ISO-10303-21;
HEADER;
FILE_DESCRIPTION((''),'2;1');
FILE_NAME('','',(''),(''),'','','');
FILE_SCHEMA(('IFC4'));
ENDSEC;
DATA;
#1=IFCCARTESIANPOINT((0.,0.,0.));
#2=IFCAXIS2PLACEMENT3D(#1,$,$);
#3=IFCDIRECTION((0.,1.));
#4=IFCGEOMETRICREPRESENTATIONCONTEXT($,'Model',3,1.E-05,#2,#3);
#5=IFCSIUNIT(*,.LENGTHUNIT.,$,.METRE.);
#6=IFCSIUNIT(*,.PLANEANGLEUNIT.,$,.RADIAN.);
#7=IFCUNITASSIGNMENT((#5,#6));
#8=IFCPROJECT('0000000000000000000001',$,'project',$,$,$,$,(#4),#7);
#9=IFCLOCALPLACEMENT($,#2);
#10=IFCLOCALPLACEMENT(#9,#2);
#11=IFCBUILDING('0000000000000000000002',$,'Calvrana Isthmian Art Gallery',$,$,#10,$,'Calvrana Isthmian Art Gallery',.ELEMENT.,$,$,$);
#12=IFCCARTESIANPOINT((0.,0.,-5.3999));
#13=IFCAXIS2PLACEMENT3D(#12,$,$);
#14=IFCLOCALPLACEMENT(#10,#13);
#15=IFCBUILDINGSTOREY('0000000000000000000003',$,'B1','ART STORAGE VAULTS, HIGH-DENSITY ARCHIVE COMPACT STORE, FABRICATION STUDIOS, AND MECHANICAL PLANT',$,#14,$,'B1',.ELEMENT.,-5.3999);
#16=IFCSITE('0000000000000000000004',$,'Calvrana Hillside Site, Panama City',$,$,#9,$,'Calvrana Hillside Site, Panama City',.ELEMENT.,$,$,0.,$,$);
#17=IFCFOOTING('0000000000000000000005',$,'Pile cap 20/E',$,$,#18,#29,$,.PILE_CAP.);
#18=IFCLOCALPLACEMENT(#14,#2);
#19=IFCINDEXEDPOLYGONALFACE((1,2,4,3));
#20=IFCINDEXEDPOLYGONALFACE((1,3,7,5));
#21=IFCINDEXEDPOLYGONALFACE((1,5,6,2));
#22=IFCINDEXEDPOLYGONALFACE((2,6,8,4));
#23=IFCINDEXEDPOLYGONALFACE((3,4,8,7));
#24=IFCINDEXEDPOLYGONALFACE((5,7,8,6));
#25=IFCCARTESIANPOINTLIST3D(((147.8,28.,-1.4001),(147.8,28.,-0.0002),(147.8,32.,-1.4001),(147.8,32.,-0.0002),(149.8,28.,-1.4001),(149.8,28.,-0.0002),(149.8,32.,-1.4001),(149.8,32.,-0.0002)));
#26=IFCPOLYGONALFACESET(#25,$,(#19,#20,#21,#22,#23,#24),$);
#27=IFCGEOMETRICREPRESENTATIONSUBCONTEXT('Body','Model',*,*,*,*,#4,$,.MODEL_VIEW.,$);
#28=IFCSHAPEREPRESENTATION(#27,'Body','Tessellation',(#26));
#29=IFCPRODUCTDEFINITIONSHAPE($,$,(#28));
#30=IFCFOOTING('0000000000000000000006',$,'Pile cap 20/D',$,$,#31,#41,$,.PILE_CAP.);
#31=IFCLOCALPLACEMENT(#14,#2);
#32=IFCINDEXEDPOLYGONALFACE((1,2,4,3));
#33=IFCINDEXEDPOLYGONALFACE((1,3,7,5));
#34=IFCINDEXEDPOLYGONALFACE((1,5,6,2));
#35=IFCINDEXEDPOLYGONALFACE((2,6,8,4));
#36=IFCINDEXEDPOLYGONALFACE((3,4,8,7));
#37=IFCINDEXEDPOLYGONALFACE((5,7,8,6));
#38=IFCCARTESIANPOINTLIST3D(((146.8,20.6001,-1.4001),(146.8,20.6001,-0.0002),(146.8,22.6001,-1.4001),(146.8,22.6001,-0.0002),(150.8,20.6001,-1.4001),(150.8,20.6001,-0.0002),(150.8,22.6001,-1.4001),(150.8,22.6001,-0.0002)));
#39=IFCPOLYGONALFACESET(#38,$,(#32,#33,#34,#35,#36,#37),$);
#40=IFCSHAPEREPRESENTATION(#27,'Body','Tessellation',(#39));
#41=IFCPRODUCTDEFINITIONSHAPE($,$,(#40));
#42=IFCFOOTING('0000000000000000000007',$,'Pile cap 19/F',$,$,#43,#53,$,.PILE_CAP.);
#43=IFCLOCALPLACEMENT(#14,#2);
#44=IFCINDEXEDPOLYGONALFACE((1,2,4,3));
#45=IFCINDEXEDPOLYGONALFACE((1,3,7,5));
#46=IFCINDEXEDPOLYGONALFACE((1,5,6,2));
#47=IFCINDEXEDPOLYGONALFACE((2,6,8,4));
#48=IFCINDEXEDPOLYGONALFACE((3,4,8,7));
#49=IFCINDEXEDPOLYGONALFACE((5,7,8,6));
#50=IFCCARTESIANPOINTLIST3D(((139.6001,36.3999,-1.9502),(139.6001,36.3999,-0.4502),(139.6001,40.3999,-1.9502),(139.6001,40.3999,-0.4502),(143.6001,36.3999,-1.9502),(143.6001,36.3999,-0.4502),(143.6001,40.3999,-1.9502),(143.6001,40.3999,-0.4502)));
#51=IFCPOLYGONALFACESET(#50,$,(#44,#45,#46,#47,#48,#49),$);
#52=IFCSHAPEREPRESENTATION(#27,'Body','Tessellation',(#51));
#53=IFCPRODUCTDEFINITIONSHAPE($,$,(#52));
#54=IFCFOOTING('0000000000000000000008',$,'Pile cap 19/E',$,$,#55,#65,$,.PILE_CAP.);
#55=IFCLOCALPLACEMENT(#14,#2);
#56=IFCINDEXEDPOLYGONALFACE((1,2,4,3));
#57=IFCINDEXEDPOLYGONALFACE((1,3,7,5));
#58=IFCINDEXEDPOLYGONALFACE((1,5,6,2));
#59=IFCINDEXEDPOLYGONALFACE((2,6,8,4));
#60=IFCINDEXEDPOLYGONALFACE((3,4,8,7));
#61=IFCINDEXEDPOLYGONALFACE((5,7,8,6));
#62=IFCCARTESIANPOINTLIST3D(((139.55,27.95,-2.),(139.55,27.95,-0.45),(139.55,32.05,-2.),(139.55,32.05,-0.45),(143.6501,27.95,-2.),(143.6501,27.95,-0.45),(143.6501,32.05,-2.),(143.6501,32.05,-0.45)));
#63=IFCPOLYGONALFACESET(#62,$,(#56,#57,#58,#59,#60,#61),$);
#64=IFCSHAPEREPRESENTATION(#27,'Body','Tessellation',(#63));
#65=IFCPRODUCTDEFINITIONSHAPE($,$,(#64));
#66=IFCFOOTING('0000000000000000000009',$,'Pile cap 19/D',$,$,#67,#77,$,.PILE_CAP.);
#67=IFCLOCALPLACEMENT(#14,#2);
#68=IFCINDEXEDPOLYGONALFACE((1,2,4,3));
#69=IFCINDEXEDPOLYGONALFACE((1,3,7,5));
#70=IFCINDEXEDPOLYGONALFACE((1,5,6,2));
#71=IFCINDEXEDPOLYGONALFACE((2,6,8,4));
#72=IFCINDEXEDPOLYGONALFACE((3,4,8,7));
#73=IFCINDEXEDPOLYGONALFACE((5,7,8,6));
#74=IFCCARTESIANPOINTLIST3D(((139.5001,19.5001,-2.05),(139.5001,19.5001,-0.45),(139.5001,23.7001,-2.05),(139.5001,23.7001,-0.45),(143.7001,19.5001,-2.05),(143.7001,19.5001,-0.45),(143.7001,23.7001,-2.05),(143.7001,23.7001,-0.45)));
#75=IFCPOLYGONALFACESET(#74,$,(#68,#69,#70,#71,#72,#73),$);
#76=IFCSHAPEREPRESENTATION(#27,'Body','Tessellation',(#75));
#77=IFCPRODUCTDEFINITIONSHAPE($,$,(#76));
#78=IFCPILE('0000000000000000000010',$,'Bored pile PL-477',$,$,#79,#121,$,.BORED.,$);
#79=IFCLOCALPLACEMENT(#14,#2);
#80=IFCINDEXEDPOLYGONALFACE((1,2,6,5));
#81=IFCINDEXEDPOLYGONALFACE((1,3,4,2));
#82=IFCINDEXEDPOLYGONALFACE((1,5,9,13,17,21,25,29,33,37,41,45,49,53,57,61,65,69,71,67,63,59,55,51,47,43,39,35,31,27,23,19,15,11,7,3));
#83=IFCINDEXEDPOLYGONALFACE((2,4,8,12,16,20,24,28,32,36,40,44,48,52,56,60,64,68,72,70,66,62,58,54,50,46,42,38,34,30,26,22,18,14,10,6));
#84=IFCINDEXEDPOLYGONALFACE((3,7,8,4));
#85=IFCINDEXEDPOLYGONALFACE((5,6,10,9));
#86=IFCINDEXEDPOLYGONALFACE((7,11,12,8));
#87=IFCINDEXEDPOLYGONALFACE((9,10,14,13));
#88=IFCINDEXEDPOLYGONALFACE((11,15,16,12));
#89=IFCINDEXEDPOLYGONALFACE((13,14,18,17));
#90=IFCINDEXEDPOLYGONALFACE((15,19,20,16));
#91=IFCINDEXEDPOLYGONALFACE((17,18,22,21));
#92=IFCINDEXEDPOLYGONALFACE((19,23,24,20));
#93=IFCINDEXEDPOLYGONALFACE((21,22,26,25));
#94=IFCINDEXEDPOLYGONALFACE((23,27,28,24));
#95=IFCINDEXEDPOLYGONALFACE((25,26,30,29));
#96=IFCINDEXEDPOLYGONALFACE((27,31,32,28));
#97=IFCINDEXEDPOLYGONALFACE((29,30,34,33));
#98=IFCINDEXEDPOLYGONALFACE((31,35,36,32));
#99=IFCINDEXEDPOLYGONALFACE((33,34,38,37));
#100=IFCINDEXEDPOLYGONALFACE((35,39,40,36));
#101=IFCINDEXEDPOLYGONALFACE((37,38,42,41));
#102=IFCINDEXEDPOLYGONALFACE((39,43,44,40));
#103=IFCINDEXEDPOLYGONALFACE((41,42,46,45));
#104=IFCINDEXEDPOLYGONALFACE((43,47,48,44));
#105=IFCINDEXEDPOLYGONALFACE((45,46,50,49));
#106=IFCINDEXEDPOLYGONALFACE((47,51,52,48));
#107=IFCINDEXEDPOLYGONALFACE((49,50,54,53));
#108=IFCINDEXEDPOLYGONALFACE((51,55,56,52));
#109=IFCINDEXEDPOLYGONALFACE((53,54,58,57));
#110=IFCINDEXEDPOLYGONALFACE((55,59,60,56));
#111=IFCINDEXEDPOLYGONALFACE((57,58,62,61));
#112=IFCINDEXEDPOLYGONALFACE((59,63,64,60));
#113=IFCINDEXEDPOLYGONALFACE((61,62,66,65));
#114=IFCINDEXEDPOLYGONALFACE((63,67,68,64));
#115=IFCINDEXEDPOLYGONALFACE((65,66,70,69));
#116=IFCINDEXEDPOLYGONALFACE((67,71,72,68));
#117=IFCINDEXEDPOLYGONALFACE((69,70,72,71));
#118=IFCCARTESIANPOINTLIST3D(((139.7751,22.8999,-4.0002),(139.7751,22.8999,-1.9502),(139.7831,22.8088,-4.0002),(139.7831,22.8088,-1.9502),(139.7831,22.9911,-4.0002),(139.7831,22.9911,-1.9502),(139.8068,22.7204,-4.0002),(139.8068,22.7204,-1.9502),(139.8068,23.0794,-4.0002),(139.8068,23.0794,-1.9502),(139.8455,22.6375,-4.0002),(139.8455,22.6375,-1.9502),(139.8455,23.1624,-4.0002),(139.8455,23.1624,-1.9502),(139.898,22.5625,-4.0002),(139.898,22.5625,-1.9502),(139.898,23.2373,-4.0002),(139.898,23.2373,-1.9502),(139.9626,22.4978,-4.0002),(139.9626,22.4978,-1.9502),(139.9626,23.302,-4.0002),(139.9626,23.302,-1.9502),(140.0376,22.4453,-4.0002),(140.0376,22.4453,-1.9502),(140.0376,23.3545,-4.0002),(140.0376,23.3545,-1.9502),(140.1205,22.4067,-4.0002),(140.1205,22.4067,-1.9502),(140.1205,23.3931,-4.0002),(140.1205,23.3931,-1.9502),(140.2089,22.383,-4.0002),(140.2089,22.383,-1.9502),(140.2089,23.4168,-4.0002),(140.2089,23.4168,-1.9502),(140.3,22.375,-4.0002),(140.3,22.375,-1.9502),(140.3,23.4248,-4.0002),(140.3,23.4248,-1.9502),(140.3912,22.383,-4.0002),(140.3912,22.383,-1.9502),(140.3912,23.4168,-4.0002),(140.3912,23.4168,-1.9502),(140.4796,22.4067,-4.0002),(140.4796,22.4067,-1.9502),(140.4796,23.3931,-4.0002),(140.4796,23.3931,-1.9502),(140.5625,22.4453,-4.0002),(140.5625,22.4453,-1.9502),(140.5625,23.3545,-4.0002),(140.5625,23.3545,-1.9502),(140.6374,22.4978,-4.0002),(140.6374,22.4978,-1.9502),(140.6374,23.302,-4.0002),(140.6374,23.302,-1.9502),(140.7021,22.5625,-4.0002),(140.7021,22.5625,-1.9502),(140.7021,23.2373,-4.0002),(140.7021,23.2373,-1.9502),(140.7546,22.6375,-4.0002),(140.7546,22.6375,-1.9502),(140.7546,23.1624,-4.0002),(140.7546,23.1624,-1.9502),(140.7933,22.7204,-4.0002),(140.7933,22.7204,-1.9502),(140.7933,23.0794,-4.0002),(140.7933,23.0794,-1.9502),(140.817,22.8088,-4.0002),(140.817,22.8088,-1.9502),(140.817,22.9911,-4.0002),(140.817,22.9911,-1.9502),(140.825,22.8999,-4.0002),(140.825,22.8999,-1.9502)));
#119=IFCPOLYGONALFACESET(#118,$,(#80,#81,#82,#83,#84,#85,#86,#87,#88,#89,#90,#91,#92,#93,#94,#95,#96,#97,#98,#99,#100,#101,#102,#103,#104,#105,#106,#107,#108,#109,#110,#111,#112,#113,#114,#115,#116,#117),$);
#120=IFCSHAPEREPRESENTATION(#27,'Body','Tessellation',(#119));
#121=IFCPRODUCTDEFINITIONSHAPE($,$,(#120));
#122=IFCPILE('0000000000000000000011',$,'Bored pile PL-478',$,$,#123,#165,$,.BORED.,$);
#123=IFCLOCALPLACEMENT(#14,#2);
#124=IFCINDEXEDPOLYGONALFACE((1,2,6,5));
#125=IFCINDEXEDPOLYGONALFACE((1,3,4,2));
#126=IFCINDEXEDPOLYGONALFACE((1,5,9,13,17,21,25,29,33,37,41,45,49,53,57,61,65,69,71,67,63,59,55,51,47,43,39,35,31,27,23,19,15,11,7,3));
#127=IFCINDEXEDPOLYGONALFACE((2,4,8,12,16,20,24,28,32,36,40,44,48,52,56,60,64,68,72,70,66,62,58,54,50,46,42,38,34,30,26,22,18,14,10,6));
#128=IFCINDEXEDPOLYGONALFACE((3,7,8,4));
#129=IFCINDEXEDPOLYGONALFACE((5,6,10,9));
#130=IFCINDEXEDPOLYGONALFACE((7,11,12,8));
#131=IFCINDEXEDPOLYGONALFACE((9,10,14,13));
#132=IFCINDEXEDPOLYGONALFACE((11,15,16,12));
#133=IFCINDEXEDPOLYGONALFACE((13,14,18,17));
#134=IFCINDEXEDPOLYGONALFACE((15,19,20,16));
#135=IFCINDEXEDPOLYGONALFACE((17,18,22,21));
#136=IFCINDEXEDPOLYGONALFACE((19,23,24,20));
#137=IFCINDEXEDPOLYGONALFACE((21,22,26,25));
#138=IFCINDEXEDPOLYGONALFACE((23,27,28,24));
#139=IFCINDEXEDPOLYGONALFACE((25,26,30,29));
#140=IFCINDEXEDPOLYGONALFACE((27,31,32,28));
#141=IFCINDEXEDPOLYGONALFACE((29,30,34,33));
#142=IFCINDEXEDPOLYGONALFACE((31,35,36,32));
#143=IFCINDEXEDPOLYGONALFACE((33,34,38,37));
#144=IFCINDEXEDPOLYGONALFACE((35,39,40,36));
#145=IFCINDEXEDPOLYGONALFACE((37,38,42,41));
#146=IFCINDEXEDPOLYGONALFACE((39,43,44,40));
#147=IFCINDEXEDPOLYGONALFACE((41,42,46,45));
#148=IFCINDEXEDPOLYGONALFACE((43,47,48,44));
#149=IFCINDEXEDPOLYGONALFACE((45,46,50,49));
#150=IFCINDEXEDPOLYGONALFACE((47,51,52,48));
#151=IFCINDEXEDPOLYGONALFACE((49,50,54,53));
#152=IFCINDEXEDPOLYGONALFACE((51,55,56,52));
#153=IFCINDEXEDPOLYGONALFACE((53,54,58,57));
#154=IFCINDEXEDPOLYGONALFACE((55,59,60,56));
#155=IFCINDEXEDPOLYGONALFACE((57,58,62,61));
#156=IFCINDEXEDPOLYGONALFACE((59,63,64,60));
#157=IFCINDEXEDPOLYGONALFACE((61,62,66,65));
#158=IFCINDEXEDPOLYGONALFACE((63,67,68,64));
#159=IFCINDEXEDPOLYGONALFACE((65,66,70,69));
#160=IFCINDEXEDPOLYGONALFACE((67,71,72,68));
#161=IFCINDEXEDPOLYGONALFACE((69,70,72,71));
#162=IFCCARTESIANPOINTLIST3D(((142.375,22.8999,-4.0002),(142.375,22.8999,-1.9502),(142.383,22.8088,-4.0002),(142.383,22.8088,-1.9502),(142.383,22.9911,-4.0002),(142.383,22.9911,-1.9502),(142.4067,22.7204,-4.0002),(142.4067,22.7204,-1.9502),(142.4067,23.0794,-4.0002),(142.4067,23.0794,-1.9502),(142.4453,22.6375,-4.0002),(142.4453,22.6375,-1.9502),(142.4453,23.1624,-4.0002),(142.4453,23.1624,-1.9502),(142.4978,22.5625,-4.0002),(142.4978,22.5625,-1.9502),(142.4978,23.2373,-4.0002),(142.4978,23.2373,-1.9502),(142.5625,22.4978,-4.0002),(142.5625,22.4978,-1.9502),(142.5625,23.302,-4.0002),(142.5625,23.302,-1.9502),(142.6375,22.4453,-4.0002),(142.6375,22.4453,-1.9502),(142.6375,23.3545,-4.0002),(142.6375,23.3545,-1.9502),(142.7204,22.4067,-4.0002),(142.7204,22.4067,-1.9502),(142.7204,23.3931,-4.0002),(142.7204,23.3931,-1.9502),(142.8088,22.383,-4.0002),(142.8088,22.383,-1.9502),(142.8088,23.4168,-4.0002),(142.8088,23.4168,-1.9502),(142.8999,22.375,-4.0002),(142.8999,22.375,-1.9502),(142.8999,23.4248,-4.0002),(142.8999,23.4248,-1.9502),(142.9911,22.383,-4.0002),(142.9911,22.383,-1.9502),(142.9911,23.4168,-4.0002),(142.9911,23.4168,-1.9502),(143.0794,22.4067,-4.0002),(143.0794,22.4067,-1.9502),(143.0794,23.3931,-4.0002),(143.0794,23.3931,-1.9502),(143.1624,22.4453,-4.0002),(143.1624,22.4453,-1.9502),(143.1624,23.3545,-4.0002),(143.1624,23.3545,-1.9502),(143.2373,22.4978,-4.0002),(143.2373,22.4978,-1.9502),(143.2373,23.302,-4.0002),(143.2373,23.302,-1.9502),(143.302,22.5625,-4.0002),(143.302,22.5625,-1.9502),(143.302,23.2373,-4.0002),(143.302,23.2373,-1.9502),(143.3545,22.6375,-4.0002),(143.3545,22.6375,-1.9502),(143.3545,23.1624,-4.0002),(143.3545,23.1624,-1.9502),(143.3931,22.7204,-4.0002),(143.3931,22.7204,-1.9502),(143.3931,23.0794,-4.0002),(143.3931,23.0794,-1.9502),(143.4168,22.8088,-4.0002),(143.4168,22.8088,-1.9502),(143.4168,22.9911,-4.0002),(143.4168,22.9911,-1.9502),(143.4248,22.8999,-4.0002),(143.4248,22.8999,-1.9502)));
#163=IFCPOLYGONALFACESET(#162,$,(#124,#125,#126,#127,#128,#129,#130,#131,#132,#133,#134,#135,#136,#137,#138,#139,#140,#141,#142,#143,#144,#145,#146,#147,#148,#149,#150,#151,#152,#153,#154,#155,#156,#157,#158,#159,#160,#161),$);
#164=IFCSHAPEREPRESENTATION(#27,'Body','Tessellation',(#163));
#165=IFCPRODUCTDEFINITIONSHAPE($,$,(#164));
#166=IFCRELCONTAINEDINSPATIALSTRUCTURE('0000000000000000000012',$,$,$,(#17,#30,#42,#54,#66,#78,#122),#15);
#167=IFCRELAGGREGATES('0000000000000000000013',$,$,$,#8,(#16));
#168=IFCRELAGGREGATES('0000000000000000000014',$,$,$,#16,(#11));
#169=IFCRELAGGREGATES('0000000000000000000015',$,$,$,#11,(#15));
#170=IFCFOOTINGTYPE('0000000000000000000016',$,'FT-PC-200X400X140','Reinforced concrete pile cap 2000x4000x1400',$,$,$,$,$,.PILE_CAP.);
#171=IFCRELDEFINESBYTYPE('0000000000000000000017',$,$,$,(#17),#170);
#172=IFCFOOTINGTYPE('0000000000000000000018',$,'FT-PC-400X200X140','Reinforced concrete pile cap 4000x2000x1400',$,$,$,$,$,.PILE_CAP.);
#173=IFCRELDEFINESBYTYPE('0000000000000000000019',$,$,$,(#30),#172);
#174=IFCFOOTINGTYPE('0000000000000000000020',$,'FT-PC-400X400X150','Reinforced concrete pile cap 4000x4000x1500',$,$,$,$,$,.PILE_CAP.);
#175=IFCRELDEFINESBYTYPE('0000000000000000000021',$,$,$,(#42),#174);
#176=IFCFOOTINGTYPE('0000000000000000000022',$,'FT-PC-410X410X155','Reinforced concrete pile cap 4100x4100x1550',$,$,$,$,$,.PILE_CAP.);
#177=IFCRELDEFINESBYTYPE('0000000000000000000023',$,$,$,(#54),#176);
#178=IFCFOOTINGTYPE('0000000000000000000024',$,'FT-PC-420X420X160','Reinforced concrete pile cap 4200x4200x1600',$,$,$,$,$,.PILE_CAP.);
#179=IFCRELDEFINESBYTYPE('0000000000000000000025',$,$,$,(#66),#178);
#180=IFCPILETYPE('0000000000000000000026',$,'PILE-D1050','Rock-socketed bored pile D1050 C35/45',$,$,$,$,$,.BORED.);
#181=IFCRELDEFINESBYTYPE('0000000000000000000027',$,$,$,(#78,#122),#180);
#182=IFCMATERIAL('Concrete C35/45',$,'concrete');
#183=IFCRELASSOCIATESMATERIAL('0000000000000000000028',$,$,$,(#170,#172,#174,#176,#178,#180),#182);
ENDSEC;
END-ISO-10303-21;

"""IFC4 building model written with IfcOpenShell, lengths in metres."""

from ifc_helpers import new_model, si_unit, direction, frame, origin, origin_2d, place, context, subcontext, project, spatial, rectangle, circle, extrude, material, material_profile, profile_set, type_object, element, save


model = new_model("IFC4")

# Units and contexts
model_context = context("Model", 3, precision=1e-05, world=origin(), true_north=direction((0.0, 1.0)))
body_context = subcontext(model_context, "Body", "Model", "MODEL_VIEW")
ifc_project = project(units=[si_unit("LENGTHUNIT", "METRE"), si_unit("PLANEANGLEUNIT", "RADIAN")], contexts=[model_context])

# Site, building, storey
site_placement = place(None, origin())
site = spatial("IfcSite", under=ifc_project, at=site_placement, Name="Calvrana Hillside Site, Panama City", LongName="Calvrana Hillside Site, Panama City", CompositionType="ELEMENT", RefElevation=0.0)
building_placement = place(site_placement, origin())
building = spatial("IfcBuilding", under=site, at=building_placement, Name="Calvrana Isthmian Art Gallery", LongName="Calvrana Isthmian Art Gallery", CompositionType="ELEMENT")
storey_placement = place(building_placement, frame((0.0, 0.0, -5.3999)))
storey = spatial("IfcBuildingStorey", under=building, at=storey_placement, Name="B1", Description="ART STORAGE VAULTS, HIGH-DENSITY ARCHIVE COMPACT STORE, FABRICATION STUDIOS, AND MECHANICAL PLANT", LongName="B1", CompositionType="ELEMENT", Elevation=-5.3999)

# Footings
ifc_material_1 = material(Name="Concrete C35/45", Category="concrete")
footing_type_1 = type_object("IfcFootingType", Name="FT-PC-200X400X140", Description="Reinforced concrete pile cap 2000x4000x1400", PredefinedType="PILE_CAP", material=ifc_material_1)
footing_1_placement = place(storey_placement, frame((148.8, 30.0, -1.4001), z_axis=(0.0, 0.0, 1.0), x_axis=(1.0, 0.0, 0.0)))
element("IfcFooting", 1, at=footing_1_placement, inside=storey, type_object=footing_type_1, Name="Pile cap 20/E", PredefinedType="PILE_CAP", context=body_context, shape_type="SweptSolid", body=[
    extrude(rectangle(XDim=2.0, YDim=4.0, at=origin_2d()), origin(), (0.0, 0.0, 1.0), 1.3999),
])
footing_type_2 = type_object("IfcFootingType", Name="FT-PC-400X200X140", Description="Reinforced concrete pile cap 4000x2000x1400", PredefinedType="PILE_CAP", material=ifc_material_1)
footing_2_placement = place(storey_placement, frame((148.8, 21.6001, -1.4001), z_axis=(0.0, 0.0, 1.0), x_axis=(1.0, 0.0, 0.0)))
element("IfcFooting", 2, at=footing_2_placement, inside=storey, type_object=footing_type_2, Name="Pile cap 20/D", PredefinedType="PILE_CAP", context=body_context, shape_type="SweptSolid", body=[
    extrude(rectangle(XDim=4.0, YDim=2.0, at=origin_2d()), origin(), (0.0, 0.0, 1.0), 1.3999),
])
footing_type_3 = type_object("IfcFootingType", Name="FT-PC-400X400X150", Description="Reinforced concrete pile cap 4000x4000x1500", PredefinedType="PILE_CAP", material=ifc_material_1)
footing_3_placement = place(storey_placement, frame((141.6001, 38.3999, -1.9502), z_axis=(0.0, 0.0, 1.0), x_axis=(1.0, 0.0, 0.0)))
element("IfcFooting", 3, at=footing_3_placement, inside=storey, type_object=footing_type_3, Name="Pile cap 19/F", PredefinedType="PILE_CAP", context=body_context, shape_type="SweptSolid", body=[
    extrude(rectangle(XDim=4.0, YDim=4.0, at=origin_2d()), origin(), (0.0, 0.0, 1.0), 1.5),
])
footing_type_4 = type_object("IfcFootingType", Name="FT-PC-410X410X155", Description="Reinforced concrete pile cap 4100x4100x1550", PredefinedType="PILE_CAP", material=ifc_material_1)
footing_4_placement = place(storey_placement, frame((141.6001, 30.0, -2.0), z_axis=(0.0, 0.0, 1.0), x_axis=(1.0, 0.0, 0.0)))
element("IfcFooting", 4, at=footing_4_placement, inside=storey, type_object=footing_type_4, Name="Pile cap 19/E", PredefinedType="PILE_CAP", context=body_context, shape_type="SweptSolid", body=[
    extrude(rectangle(XDim=4.1001, YDim=4.1001, at=origin_2d()), origin(), (0.0, 0.0, 1.0), 1.55),
])
footing_type_5 = type_object("IfcFootingType", Name="FT-PC-420X420X160", Description="Reinforced concrete pile cap 4200x4200x1600", PredefinedType="PILE_CAP", material=ifc_material_1)
footing_5_placement = place(storey_placement, frame((141.6001, 21.6001, -2.05), z_axis=(0.0, 0.0, 1.0), x_axis=(1.0, 0.0, 0.0)))
element("IfcFooting", 5, at=footing_5_placement, inside=storey, type_object=footing_type_5, Name="Pile cap 19/D", PredefinedType="PILE_CAP", context=body_context, shape_type="SweptSolid", body=[
    extrude(rectangle(XDim=4.2, YDim=4.2, at=origin_2d()), origin(), (0.0, 0.0, 1.0), 1.6001),
])

# Piles
ifc_material_profile_1 = material_profile(ifc_material_1, circle(Radius=0.5249, at=origin_2d()), Name="PILE1050D")
ifc_profile_set_1 = profile_set([ifc_material_profile_1], Name="Concrete C35/45")
pile_type_1 = type_object("IfcPileType", Name="PILE-D1050", Description="Rock-socketed bored pile D1050 C35/45", PredefinedType="BORED", material=ifc_profile_set_1)
for number, where, z_axis, x_axis, name in (
    (6, (140.3, 22.8999, -1.9502), (0.0, 0.0, -1.0), (1.0, 0.0, 0.0), "Bored pile PL-477"),
    (7, (142.8999, 22.8999, -1.9502), (0.0, 0.0, -1.0), (1.0, 0.0, 0.0), "Bored pile PL-478"),
):
    element("IfcPile", number, at=place(storey_placement, frame(where, z_axis=z_axis, x_axis=x_axis)), inside=storey, type_object=pile_type_1, Name=name, PredefinedType="BORED", context=body_context, shape_type="SweptSolid", body=[
        extrude(circle(Radius=0.5249, at=origin_2d()), origin(), (0.0, 0.0, 1.0), 2.05),
    ])

save(model, "model.ifc")
